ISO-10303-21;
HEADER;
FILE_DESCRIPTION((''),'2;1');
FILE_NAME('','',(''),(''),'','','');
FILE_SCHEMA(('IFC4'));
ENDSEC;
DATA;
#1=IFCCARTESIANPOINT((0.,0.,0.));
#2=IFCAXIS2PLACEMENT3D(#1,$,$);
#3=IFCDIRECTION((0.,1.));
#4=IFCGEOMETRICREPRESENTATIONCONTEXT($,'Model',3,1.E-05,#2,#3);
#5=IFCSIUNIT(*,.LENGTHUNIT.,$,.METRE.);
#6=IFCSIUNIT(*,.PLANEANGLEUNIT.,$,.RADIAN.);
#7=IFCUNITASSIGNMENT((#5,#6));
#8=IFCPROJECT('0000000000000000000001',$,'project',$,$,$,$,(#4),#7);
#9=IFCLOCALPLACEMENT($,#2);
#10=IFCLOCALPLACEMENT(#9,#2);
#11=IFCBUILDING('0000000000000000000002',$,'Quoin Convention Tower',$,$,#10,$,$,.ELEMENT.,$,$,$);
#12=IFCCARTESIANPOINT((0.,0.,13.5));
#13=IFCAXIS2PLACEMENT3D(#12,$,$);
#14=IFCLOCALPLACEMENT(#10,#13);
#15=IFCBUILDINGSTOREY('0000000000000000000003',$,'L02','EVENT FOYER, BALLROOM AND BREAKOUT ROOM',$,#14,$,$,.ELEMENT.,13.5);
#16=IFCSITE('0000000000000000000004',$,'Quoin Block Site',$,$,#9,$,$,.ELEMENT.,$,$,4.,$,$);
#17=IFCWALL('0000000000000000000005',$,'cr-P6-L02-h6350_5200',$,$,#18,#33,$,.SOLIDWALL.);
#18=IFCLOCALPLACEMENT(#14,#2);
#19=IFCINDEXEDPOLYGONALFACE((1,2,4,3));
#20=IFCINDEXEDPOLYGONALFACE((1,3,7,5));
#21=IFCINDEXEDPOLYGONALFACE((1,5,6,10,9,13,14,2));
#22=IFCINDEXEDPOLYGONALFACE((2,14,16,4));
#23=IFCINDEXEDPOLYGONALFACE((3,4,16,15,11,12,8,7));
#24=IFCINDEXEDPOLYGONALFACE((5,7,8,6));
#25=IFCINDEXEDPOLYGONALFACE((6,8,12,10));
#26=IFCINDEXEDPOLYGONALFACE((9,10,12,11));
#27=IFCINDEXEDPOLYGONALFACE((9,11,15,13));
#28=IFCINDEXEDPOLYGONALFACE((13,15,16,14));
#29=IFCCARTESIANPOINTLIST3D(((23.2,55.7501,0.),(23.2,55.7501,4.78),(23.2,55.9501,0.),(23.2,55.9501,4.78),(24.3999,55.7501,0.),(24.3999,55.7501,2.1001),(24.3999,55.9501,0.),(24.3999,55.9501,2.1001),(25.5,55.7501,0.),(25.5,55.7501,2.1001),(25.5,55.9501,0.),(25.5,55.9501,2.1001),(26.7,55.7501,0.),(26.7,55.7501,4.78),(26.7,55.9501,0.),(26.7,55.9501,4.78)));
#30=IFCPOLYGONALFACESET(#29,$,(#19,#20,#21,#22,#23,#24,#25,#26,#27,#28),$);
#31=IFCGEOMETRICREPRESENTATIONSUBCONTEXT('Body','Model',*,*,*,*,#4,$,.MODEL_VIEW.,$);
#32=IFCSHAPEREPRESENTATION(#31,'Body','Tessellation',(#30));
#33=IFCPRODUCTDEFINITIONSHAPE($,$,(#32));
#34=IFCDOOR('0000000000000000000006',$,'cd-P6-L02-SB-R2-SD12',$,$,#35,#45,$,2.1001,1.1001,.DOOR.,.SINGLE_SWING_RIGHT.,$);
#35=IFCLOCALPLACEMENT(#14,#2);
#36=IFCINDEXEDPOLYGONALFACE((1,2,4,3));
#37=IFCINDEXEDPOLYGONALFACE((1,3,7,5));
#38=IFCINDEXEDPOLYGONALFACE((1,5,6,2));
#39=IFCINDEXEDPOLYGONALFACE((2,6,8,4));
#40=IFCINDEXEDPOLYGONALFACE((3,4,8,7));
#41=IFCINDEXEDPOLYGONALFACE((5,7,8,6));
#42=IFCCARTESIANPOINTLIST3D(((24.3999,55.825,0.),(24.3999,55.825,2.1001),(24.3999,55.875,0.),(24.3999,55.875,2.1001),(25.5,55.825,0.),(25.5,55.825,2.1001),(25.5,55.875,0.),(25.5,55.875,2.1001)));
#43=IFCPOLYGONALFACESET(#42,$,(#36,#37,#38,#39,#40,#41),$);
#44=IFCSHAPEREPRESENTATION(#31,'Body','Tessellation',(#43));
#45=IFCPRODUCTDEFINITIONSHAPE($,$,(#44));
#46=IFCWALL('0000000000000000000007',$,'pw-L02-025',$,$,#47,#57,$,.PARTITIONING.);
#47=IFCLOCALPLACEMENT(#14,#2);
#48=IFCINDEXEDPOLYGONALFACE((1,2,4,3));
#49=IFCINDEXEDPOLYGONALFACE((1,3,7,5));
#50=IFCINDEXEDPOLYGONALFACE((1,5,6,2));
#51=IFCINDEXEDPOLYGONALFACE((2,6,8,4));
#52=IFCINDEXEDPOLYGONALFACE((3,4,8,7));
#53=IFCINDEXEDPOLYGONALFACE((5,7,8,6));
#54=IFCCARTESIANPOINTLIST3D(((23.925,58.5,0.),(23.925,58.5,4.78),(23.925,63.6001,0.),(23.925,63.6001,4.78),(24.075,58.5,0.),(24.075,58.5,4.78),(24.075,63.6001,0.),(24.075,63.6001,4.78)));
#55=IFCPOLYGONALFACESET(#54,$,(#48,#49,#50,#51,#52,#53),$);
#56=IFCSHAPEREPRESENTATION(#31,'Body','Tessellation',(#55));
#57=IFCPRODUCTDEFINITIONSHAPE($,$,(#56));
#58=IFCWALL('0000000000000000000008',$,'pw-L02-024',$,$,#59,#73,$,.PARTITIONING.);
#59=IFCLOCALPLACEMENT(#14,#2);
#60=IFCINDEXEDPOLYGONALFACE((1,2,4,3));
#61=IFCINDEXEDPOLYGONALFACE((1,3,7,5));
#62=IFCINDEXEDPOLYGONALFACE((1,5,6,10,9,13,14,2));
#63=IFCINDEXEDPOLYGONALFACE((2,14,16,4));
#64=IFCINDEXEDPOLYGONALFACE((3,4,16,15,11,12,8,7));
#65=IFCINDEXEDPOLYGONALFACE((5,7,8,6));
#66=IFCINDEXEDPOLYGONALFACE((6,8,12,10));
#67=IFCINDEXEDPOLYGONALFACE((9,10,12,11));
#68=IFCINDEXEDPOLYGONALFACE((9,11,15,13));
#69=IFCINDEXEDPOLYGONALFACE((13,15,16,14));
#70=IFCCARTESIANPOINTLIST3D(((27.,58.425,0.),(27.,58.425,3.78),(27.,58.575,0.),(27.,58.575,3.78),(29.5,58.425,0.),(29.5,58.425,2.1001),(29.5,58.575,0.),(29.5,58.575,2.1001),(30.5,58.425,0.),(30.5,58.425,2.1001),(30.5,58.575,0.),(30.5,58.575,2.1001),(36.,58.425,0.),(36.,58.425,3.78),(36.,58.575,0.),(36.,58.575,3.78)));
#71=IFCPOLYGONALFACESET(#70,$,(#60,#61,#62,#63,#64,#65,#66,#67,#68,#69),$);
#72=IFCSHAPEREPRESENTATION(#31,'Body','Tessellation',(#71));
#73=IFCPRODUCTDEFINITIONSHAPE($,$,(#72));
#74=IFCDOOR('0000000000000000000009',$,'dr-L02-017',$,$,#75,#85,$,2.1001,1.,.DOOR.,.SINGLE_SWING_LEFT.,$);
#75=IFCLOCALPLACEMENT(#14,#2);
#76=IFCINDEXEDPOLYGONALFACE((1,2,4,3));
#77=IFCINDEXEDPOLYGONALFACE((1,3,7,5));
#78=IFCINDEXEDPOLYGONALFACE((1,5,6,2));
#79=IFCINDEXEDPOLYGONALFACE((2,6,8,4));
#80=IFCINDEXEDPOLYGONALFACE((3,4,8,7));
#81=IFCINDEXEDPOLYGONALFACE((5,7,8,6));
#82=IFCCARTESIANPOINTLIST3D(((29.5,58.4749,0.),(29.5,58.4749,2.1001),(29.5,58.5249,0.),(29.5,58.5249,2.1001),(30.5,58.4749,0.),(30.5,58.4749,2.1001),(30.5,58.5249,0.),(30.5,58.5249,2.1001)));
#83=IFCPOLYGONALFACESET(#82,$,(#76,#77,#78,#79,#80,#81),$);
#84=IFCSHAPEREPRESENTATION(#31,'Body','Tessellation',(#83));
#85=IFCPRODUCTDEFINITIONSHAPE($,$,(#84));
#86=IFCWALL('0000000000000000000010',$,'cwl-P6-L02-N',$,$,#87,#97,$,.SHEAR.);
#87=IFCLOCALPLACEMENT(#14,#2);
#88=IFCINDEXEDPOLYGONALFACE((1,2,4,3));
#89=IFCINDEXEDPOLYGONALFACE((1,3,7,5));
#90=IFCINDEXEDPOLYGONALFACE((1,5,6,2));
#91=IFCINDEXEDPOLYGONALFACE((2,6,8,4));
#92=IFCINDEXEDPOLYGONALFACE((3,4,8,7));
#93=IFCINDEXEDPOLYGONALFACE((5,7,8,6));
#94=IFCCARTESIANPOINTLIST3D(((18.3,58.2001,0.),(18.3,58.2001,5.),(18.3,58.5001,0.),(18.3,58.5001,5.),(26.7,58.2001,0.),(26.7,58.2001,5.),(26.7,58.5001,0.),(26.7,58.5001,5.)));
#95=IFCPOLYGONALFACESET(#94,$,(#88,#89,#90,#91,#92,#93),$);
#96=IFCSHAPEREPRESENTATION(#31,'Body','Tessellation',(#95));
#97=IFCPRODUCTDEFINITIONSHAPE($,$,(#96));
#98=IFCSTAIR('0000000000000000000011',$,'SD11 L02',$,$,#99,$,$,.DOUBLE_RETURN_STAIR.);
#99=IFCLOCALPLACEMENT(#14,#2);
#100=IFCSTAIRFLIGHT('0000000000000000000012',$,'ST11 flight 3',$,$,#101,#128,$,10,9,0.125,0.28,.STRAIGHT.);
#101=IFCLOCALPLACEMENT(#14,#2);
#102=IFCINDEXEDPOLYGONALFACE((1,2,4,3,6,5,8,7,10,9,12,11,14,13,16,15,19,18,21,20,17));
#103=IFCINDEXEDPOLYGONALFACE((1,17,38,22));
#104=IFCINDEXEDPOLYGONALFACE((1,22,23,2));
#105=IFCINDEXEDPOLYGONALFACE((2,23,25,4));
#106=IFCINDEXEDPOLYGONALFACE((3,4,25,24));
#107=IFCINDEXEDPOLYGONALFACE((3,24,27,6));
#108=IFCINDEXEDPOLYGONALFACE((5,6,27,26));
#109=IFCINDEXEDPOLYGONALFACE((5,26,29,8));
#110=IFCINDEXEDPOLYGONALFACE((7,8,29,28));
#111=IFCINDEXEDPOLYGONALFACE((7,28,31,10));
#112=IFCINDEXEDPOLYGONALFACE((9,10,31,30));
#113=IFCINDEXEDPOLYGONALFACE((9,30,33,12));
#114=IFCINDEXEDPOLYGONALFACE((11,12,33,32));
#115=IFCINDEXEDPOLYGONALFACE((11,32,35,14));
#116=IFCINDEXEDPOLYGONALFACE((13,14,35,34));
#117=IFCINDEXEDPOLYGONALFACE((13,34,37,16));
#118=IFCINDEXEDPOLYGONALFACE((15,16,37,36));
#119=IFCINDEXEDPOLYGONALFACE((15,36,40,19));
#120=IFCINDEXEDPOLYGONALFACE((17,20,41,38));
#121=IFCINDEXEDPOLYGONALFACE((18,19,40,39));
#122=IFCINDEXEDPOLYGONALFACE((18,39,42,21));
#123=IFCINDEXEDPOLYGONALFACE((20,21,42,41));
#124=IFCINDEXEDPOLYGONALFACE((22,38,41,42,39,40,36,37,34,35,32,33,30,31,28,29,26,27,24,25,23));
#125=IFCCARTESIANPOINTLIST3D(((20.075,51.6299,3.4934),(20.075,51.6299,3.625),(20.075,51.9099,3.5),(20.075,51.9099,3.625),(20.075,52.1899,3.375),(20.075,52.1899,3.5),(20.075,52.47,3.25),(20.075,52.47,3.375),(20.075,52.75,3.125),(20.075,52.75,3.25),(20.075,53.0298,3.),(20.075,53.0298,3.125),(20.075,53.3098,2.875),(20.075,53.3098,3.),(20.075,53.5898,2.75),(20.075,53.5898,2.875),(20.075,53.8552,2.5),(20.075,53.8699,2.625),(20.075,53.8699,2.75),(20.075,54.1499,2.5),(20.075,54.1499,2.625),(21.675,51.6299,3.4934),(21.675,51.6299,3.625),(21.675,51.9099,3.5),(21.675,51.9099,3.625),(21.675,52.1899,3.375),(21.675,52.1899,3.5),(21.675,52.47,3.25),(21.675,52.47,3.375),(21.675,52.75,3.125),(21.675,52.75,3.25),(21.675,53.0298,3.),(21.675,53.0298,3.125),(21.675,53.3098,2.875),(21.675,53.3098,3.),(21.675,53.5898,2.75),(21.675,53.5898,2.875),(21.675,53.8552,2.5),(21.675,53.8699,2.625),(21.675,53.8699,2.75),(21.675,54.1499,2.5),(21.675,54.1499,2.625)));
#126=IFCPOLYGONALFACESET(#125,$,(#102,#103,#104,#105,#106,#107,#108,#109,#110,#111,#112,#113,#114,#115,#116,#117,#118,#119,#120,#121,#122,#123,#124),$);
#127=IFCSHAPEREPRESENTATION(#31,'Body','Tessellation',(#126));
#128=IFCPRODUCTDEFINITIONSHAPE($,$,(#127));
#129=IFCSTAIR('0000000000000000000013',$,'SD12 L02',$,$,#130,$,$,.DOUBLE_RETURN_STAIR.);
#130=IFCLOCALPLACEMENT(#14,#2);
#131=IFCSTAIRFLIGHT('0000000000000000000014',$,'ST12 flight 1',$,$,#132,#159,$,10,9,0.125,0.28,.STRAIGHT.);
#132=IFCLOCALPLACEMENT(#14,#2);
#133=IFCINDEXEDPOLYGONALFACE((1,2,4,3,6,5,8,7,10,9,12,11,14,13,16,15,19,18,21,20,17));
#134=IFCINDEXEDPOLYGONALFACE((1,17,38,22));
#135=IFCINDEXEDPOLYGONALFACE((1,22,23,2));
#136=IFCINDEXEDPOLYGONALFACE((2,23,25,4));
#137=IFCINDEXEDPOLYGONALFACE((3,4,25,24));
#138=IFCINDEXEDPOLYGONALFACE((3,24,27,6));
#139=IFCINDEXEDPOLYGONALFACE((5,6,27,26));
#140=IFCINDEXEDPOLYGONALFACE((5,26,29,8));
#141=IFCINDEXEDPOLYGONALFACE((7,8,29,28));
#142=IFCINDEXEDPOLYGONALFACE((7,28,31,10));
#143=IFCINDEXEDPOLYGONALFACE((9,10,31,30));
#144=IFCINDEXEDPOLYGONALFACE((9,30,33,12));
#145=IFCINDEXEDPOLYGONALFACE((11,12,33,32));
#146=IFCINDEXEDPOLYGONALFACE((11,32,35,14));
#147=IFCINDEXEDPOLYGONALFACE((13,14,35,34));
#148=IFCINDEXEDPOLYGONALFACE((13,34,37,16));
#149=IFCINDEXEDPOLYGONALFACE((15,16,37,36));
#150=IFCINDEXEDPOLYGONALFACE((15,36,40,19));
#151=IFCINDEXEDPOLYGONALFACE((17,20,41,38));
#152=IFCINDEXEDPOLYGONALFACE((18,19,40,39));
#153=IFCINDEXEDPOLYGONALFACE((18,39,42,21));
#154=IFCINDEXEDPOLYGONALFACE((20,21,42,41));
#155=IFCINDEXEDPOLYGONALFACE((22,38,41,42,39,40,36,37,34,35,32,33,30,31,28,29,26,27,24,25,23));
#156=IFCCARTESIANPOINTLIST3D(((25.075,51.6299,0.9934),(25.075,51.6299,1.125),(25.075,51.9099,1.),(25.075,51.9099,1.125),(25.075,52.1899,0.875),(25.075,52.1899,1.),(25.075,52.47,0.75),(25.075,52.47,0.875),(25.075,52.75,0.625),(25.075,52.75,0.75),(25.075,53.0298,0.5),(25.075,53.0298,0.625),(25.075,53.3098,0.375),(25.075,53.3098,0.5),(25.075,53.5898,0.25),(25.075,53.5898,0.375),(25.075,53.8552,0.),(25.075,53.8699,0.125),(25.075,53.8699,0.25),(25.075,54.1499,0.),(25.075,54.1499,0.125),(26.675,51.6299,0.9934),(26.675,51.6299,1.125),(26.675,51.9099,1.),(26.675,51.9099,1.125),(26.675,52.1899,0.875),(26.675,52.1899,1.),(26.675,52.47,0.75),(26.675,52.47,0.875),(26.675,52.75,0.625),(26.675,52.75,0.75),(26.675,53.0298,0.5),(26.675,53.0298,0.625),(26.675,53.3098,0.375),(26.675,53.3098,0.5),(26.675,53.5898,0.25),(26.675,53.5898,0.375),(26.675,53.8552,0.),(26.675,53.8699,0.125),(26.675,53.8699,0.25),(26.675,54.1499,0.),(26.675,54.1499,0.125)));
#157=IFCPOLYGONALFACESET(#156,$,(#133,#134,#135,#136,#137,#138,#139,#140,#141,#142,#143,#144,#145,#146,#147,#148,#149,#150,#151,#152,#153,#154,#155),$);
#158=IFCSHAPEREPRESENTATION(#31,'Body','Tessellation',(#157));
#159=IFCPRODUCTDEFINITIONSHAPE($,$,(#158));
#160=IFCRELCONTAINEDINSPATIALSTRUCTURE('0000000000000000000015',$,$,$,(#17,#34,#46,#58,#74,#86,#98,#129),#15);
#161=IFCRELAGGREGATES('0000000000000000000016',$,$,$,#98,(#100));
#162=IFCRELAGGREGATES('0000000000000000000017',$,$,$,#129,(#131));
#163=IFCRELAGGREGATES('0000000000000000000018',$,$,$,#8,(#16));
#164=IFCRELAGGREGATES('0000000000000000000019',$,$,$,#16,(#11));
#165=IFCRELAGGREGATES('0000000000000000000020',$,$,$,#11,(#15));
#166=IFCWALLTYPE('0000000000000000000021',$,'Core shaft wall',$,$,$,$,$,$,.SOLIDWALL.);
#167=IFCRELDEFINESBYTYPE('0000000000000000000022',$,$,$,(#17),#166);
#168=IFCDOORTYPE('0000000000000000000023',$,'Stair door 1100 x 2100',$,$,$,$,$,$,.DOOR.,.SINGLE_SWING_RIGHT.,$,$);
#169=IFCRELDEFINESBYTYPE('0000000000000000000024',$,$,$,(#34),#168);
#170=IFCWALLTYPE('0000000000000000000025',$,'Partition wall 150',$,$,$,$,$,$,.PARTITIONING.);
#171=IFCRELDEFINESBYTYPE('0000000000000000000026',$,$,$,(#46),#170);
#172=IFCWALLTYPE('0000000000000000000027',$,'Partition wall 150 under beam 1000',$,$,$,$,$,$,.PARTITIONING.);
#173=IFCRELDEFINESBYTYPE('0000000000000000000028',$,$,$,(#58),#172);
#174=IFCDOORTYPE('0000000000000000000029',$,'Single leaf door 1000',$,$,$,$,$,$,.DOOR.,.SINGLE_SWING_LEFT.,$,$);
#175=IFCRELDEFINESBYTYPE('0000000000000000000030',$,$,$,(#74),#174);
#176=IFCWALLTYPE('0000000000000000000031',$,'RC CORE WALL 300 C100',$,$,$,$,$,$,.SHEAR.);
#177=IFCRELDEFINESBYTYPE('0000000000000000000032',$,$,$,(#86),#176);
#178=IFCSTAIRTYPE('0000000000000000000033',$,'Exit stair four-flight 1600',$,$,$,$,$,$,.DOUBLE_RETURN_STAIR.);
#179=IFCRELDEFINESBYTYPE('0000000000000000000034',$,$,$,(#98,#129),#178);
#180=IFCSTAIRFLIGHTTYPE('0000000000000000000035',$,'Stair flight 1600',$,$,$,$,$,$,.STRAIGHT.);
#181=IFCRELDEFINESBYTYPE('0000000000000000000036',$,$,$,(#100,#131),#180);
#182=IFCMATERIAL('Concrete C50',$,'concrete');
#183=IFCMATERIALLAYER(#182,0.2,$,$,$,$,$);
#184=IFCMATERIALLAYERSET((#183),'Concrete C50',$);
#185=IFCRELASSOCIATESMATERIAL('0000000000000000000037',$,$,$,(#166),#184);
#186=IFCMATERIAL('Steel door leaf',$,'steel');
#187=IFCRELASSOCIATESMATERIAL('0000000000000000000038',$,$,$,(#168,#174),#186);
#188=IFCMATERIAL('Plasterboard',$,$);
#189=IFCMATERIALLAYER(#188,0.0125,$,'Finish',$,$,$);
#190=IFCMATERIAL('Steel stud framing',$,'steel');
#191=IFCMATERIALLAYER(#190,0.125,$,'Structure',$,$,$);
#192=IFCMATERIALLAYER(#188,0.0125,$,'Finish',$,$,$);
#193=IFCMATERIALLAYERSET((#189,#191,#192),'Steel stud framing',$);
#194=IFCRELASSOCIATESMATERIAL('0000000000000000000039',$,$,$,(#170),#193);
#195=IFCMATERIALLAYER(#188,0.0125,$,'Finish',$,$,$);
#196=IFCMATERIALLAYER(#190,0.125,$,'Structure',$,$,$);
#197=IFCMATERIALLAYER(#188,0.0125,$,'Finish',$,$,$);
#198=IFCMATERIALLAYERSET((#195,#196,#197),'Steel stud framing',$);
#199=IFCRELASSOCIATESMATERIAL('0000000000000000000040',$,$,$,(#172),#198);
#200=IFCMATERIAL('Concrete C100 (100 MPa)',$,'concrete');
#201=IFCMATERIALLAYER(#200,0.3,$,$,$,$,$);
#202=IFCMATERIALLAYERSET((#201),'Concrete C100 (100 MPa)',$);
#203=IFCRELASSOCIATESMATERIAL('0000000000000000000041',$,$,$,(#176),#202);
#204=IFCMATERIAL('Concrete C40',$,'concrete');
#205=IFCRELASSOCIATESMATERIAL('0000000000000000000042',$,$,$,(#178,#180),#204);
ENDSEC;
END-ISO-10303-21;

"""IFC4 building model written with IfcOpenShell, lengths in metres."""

from ifc_helpers import new_model, si_unit, direction, frame, frame_2d, origin, place, context, subcontext, project, spatial, polyline, rectangle, outline, extrude, material, layer, layer_set, type_object, element, fill, aggregate, save


model = new_model("IFC4")

# Units and contexts
model_context = context("Model", 3, precision=1e-05, world=origin(), true_north=direction((0.0, 1.0)))
body_context = subcontext(model_context, "Body", "Model", "MODEL_VIEW")
ifc_project = project(units=[si_unit("LENGTHUNIT", "METRE"), si_unit("PLANEANGLEUNIT", "RADIAN")], contexts=[model_context])

# Site, building, storey
site_placement = place(None, origin())
site = spatial("IfcSite", under=ifc_project, at=site_placement, Name="Quoin Block Site", CompositionType="ELEMENT", RefElevation=4.0)
building_placement = place(site_placement, origin())
building = spatial("IfcBuilding", under=site, at=building_placement, Name="Quoin Convention Tower", CompositionType="ELEMENT")
storey_placement = place(building_placement, frame((0.0, 0.0, 13.5)))
storey = spatial("IfcBuildingStorey", under=building, at=storey_placement, Name="L02", Description="EVENT FOYER, BALLROOM AND BREAKOUT ROOM", CompositionType="ELEMENT", Elevation=13.5)

# Shared definitions
ifc_material_1 = material(Name="Concrete C100 (100 MPa)", Category="concrete")

# Shared definitions
ifc_material_2 = material(Name="Concrete C50", Category="concrete")
ifc_layer_1 = layer(ifc_material_2, 0.2)
ifc_layer_set_1 = layer_set([ifc_layer_1], Name="Concrete C50")
wall_type_1 = type_object("IfcWallType", Name="Core shaft wall", PredefinedType="SOLIDWALL", material=ifc_layer_set_1)

# Wall, opening, door
ifc_material_3 = material(Name="Steel door leaf", Category="steel")
door_type_1 = type_object("IfcDoorType", Name="Stair door 1100 x 2100", OperationType="SINGLE_SWING_RIGHT", PredefinedType="DOOR", material=ifc_material_3)
wall_1_placement = place(storey_placement, frame((23.2, 55.8501, 0.0), z_axis=(0.0, 0.0, 1.0), x_axis=(1.0, 0.0, 0.0)))
wall_1 = element("IfcWall", 1, at=wall_1_placement, inside=storey, type_object=wall_type_1, Name="cr-P6-L02-h6350_5200", PredefinedType="SOLIDWALL", context=body_context, shape_type="SweptSolid", body=[
    extrude(rectangle(XDim=3.5, YDim=0.2, at=frame_2d((1.75, 0.0))), origin(), (0.0, 0.0, 1.0), 4.78),
])
opening_1_placement = place(wall_1_placement, frame((1.2, 0.0, 0.0)))
opening_1 = element("IfcOpeningElement", 2, at=opening_1_placement, cuts=wall_1, PredefinedType="OPENING", context=body_context, shape_type="SweptSolid", body=[
    extrude(rectangle(XDim=1.1001, YDim=2.1001, at=frame_2d((0.55, 1.05))), frame((0.0, 0.1099, 0.0), z_axis=(0.0, -1.0, 0.0), x_axis=(1.0, 0.0, 0.0)), (0.0, 0.0, 1.0), 0.22),
])
door_1_placement = place(opening_1_placement, origin())
door_1 = element("IfcDoor", 3, at=door_1_placement, inside=storey, type_object=door_type_1, Name="cd-P6-L02-SB-R2-SD12", OperationType="SINGLE_SWING_RIGHT", OverallHeight=2.1001, OverallWidth=1.1001, PredefinedType="DOOR", context=body_context, shape_type="SweptSolid", body=[
    extrude(rectangle(XDim=1.1001, YDim=2.1001, at=frame_2d((0.55, 1.05))), frame((0.0, 0.0249, 0.0), z_axis=(0.0, -1.0, 0.0), x_axis=(1.0, 0.0, 0.0)), (0.0, 0.0, 1.0), 0.05),
])
fill(opening_1, door_1)

# Wall
ifc_material_4 = material(Name="Plasterboard")
ifc_layer_2 = layer(ifc_material_4, 0.0125, Name="Finish")
ifc_material_5 = material(Name="Steel stud framing", Category="steel")
ifc_layer_3 = layer(ifc_material_5, 0.125, Name="Structure")
ifc_layer_4 = layer(ifc_material_4, 0.0125, Name="Finish")
ifc_layer_set_2 = layer_set([ifc_layer_2, ifc_layer_3, ifc_layer_4], Name="Steel stud framing")
wall_type_2 = type_object("IfcWallType", Name="Partition wall 150", PredefinedType="PARTITIONING", material=ifc_layer_set_2)
wall_2_placement = place(storey_placement, frame((24.0, 58.5, 0.0), z_axis=(0.0, 0.0, 1.0), x_axis=(0.0, 1.0, 0.0)))
element("IfcWall", 4, at=wall_2_placement, inside=storey, type_object=wall_type_2, Name="pw-L02-025", PredefinedType="PARTITIONING", context=body_context, shape_type="SweptSolid", body=[
    extrude(rectangle(XDim=5.1001, YDim=0.1499, at=frame_2d((2.55, 0.0))), origin(), (0.0, 0.0, 1.0), 4.78),
])

# Wall, opening, door
ifc_layer_5 = layer(ifc_material_4, 0.0125, Name="Finish")
ifc_layer_6 = layer(ifc_material_5, 0.125, Name="Structure")
ifc_layer_7 = layer(ifc_material_4, 0.0125, Name="Finish")
ifc_layer_set_3 = layer_set([ifc_layer_5, ifc_layer_6, ifc_layer_7], Name="Steel stud framing")
wall_type_3 = type_object("IfcWallType", Name="Partition wall 150 under beam 1000", PredefinedType="PARTITIONING", material=ifc_layer_set_3)
wall_3_placement = place(storey_placement, frame((27.0, 58.5, 0.0), z_axis=(0.0, 0.0, 1.0), x_axis=(1.0, 0.0, 0.0)))
wall_3 = element("IfcWall", 5, at=wall_3_placement, inside=storey, type_object=wall_type_3, Name="pw-L02-024", PredefinedType="PARTITIONING", context=body_context, shape_type="SweptSolid", body=[
    extrude(rectangle(XDim=9.0, YDim=0.1499, at=frame_2d((4.5, 0.0))), origin(), (0.0, 0.0, 1.0), 3.78),
])
opening_2_placement = place(wall_3_placement, frame((2.5, 0.0, 0.0)))
opening_2 = element("IfcOpeningElement", 6, at=opening_2_placement, cuts=wall_3, PredefinedType="OPENING", context=body_context, shape_type="SweptSolid", body=[
    extrude(rectangle(XDim=1.0, YDim=2.1001, at=frame_2d((0.5, 1.05))), frame((0.0, 0.085, 0.0), z_axis=(0.0, -1.0, 0.0), x_axis=(1.0, 0.0, 0.0)), (0.0, 0.0, 1.0), 0.1699),
])
door_type_2 = type_object("IfcDoorType", Name="Single leaf door 1000", OperationType="SINGLE_SWING_LEFT", PredefinedType="DOOR", material=ifc_material_3)
door_2_placement = place(opening_2_placement, origin())
door_2 = element("IfcDoor", 7, at=door_2_placement, inside=storey, type_object=door_type_2, Name="dr-L02-017", OperationType="SINGLE_SWING_LEFT", OverallHeight=2.1001, OverallWidth=1.0, PredefinedType="DOOR", context=body_context, shape_type="SweptSolid", body=[
    extrude(rectangle(XDim=1.0, YDim=2.1001, at=frame_2d((0.5, 1.05))), frame((0.0, 0.0249, 0.0), z_axis=(0.0, -1.0, 0.0), x_axis=(1.0, 0.0, 0.0)), (0.0, 0.0, 1.0), 0.05),
])
fill(opening_2, door_2)

# Wall
ifc_layer_8 = layer(ifc_material_1, 0.3)
ifc_layer_set_4 = layer_set([ifc_layer_8], Name="Concrete C100 (100 MPa)")
wall_type_4 = type_object("IfcWallType", Name="RC CORE WALL 300 C100", PredefinedType="SHEAR", material=ifc_layer_set_4)
wall_4_placement = place(storey_placement, frame((18.3, 58.3501, 0.0), z_axis=(0.0, 0.0, 1.0), x_axis=(1.0, 0.0, 0.0)))
element("IfcWall", 8, at=wall_4_placement, inside=storey, type_object=wall_type_4, Name="cwl-P6-L02-N", PredefinedType="SHEAR", context=body_context, shape_type="SweptSolid", body=[
    extrude(rectangle(XDim=8.3999, YDim=0.3, at=frame_2d((4.2, 0.0))), origin(), (0.0, 0.0, 1.0), 5.0),
])

# Stair, stair flight
ifc_material_6 = material(Name="Concrete C40", Category="concrete")
stair_type = type_object("IfcStairType", Name="Exit stair four-flight 1600", PredefinedType="DOUBLE_RETURN_STAIR", material=ifc_material_6)
stair_1_placement = place(storey_placement, origin())
stair_1 = element("IfcStair", 9, at=stair_1_placement, inside=storey, type_object=stair_type, Name="SD11 L02", PredefinedType="DOUBLE_RETURN_STAIR")
stair_flight_type = type_object("IfcStairFlightType", Name="Stair flight 1600", PredefinedType="STRAIGHT", material=ifc_material_6)
stair_flight_1_placement = place(storey_placement, frame((20.875, 54.1499, 2.5), z_axis=(0.0, 0.0, 1.0), x_axis=(0.0, -1.0, 0.0)))
stair_flight_1 = element("IfcStairFlight", 10, at=stair_flight_1_placement, type_object=stair_flight_type, Name="ST11 flight 3", NumberOfRisers=10, NumberOfTreads=9, PredefinedType="STRAIGHT", RiserHeight=0.125, TreadLength=0.28, context=body_context, shape_type="SweptSolid", body=[
    extrude(outline(polyline([(0.0, 0.0), (0.0, 0.125), (0.28, 0.125), (0.28, 0.25), (0.5601, 0.25), (0.5601, 0.375), (0.8401, 0.375), (0.8401, 0.5), (1.1201, 0.5), (1.1201, 0.625), (1.3999, 0.625), (1.3999, 0.75), (1.6799, 0.75), (1.6799, 0.875), (1.96, 0.875), (1.96, 1.0), (2.24, 1.0), (2.24, 1.125), (2.52, 1.125), (2.52, 1.25), (2.52, 0.9934), (0.2947, 0.0), (0.0, 0.0)])), frame((0.0, 0.8, 0.0), z_axis=(0.0, -1.0, 0.0), x_axis=(1.0, 0.0, 0.0)), (0.0, 0.0, 1.0), 1.6001),
])
aggregate(stair_1, [stair_flight_1])

# Stair, stair flight
stair_2_placement = place(storey_placement, origin())
stair_2 = element("IfcStair", 11, at=stair_2_placement, inside=storey, type_object=stair_type, Name="SD12 L02", PredefinedType="DOUBLE_RETURN_STAIR")
stair_flight_2_placement = place(storey_placement, frame((25.875, 54.1499, 0.0), z_axis=(0.0, 0.0, 1.0), x_axis=(0.0, -1.0, 0.0)))
stair_flight_2 = element("IfcStairFlight", 12, at=stair_flight_2_placement, type_object=stair_flight_type, Name="ST12 flight 1", NumberOfRisers=10, NumberOfTreads=9, PredefinedType="STRAIGHT", RiserHeight=0.125, TreadLength=0.28, context=body_context, shape_type="SweptSolid", body=[
    extrude(outline(polyline([(0.0, 0.0), (0.0, 0.125), (0.28, 0.125), (0.28, 0.25), (0.5601, 0.25), (0.5601, 0.375), (0.8401, 0.375), (0.8401, 0.5), (1.1201, 0.5), (1.1201, 0.625), (1.3999, 0.625), (1.3999, 0.75), (1.6799, 0.75), (1.6799, 0.875), (1.96, 0.875), (1.96, 1.0), (2.24, 1.0), (2.24, 1.125), (2.52, 1.125), (2.52, 1.25), (2.52, 0.9934), (0.2947, 0.0), (0.0, 0.0)])), frame((0.0, 0.8, 0.0), z_axis=(0.0, -1.0, 0.0), x_axis=(1.0, 0.0, 0.0)), (0.0, 0.0, 1.0), 1.6001),
])
aggregate(stair_2, [stair_flight_2])

save(model, "model.ifc")
